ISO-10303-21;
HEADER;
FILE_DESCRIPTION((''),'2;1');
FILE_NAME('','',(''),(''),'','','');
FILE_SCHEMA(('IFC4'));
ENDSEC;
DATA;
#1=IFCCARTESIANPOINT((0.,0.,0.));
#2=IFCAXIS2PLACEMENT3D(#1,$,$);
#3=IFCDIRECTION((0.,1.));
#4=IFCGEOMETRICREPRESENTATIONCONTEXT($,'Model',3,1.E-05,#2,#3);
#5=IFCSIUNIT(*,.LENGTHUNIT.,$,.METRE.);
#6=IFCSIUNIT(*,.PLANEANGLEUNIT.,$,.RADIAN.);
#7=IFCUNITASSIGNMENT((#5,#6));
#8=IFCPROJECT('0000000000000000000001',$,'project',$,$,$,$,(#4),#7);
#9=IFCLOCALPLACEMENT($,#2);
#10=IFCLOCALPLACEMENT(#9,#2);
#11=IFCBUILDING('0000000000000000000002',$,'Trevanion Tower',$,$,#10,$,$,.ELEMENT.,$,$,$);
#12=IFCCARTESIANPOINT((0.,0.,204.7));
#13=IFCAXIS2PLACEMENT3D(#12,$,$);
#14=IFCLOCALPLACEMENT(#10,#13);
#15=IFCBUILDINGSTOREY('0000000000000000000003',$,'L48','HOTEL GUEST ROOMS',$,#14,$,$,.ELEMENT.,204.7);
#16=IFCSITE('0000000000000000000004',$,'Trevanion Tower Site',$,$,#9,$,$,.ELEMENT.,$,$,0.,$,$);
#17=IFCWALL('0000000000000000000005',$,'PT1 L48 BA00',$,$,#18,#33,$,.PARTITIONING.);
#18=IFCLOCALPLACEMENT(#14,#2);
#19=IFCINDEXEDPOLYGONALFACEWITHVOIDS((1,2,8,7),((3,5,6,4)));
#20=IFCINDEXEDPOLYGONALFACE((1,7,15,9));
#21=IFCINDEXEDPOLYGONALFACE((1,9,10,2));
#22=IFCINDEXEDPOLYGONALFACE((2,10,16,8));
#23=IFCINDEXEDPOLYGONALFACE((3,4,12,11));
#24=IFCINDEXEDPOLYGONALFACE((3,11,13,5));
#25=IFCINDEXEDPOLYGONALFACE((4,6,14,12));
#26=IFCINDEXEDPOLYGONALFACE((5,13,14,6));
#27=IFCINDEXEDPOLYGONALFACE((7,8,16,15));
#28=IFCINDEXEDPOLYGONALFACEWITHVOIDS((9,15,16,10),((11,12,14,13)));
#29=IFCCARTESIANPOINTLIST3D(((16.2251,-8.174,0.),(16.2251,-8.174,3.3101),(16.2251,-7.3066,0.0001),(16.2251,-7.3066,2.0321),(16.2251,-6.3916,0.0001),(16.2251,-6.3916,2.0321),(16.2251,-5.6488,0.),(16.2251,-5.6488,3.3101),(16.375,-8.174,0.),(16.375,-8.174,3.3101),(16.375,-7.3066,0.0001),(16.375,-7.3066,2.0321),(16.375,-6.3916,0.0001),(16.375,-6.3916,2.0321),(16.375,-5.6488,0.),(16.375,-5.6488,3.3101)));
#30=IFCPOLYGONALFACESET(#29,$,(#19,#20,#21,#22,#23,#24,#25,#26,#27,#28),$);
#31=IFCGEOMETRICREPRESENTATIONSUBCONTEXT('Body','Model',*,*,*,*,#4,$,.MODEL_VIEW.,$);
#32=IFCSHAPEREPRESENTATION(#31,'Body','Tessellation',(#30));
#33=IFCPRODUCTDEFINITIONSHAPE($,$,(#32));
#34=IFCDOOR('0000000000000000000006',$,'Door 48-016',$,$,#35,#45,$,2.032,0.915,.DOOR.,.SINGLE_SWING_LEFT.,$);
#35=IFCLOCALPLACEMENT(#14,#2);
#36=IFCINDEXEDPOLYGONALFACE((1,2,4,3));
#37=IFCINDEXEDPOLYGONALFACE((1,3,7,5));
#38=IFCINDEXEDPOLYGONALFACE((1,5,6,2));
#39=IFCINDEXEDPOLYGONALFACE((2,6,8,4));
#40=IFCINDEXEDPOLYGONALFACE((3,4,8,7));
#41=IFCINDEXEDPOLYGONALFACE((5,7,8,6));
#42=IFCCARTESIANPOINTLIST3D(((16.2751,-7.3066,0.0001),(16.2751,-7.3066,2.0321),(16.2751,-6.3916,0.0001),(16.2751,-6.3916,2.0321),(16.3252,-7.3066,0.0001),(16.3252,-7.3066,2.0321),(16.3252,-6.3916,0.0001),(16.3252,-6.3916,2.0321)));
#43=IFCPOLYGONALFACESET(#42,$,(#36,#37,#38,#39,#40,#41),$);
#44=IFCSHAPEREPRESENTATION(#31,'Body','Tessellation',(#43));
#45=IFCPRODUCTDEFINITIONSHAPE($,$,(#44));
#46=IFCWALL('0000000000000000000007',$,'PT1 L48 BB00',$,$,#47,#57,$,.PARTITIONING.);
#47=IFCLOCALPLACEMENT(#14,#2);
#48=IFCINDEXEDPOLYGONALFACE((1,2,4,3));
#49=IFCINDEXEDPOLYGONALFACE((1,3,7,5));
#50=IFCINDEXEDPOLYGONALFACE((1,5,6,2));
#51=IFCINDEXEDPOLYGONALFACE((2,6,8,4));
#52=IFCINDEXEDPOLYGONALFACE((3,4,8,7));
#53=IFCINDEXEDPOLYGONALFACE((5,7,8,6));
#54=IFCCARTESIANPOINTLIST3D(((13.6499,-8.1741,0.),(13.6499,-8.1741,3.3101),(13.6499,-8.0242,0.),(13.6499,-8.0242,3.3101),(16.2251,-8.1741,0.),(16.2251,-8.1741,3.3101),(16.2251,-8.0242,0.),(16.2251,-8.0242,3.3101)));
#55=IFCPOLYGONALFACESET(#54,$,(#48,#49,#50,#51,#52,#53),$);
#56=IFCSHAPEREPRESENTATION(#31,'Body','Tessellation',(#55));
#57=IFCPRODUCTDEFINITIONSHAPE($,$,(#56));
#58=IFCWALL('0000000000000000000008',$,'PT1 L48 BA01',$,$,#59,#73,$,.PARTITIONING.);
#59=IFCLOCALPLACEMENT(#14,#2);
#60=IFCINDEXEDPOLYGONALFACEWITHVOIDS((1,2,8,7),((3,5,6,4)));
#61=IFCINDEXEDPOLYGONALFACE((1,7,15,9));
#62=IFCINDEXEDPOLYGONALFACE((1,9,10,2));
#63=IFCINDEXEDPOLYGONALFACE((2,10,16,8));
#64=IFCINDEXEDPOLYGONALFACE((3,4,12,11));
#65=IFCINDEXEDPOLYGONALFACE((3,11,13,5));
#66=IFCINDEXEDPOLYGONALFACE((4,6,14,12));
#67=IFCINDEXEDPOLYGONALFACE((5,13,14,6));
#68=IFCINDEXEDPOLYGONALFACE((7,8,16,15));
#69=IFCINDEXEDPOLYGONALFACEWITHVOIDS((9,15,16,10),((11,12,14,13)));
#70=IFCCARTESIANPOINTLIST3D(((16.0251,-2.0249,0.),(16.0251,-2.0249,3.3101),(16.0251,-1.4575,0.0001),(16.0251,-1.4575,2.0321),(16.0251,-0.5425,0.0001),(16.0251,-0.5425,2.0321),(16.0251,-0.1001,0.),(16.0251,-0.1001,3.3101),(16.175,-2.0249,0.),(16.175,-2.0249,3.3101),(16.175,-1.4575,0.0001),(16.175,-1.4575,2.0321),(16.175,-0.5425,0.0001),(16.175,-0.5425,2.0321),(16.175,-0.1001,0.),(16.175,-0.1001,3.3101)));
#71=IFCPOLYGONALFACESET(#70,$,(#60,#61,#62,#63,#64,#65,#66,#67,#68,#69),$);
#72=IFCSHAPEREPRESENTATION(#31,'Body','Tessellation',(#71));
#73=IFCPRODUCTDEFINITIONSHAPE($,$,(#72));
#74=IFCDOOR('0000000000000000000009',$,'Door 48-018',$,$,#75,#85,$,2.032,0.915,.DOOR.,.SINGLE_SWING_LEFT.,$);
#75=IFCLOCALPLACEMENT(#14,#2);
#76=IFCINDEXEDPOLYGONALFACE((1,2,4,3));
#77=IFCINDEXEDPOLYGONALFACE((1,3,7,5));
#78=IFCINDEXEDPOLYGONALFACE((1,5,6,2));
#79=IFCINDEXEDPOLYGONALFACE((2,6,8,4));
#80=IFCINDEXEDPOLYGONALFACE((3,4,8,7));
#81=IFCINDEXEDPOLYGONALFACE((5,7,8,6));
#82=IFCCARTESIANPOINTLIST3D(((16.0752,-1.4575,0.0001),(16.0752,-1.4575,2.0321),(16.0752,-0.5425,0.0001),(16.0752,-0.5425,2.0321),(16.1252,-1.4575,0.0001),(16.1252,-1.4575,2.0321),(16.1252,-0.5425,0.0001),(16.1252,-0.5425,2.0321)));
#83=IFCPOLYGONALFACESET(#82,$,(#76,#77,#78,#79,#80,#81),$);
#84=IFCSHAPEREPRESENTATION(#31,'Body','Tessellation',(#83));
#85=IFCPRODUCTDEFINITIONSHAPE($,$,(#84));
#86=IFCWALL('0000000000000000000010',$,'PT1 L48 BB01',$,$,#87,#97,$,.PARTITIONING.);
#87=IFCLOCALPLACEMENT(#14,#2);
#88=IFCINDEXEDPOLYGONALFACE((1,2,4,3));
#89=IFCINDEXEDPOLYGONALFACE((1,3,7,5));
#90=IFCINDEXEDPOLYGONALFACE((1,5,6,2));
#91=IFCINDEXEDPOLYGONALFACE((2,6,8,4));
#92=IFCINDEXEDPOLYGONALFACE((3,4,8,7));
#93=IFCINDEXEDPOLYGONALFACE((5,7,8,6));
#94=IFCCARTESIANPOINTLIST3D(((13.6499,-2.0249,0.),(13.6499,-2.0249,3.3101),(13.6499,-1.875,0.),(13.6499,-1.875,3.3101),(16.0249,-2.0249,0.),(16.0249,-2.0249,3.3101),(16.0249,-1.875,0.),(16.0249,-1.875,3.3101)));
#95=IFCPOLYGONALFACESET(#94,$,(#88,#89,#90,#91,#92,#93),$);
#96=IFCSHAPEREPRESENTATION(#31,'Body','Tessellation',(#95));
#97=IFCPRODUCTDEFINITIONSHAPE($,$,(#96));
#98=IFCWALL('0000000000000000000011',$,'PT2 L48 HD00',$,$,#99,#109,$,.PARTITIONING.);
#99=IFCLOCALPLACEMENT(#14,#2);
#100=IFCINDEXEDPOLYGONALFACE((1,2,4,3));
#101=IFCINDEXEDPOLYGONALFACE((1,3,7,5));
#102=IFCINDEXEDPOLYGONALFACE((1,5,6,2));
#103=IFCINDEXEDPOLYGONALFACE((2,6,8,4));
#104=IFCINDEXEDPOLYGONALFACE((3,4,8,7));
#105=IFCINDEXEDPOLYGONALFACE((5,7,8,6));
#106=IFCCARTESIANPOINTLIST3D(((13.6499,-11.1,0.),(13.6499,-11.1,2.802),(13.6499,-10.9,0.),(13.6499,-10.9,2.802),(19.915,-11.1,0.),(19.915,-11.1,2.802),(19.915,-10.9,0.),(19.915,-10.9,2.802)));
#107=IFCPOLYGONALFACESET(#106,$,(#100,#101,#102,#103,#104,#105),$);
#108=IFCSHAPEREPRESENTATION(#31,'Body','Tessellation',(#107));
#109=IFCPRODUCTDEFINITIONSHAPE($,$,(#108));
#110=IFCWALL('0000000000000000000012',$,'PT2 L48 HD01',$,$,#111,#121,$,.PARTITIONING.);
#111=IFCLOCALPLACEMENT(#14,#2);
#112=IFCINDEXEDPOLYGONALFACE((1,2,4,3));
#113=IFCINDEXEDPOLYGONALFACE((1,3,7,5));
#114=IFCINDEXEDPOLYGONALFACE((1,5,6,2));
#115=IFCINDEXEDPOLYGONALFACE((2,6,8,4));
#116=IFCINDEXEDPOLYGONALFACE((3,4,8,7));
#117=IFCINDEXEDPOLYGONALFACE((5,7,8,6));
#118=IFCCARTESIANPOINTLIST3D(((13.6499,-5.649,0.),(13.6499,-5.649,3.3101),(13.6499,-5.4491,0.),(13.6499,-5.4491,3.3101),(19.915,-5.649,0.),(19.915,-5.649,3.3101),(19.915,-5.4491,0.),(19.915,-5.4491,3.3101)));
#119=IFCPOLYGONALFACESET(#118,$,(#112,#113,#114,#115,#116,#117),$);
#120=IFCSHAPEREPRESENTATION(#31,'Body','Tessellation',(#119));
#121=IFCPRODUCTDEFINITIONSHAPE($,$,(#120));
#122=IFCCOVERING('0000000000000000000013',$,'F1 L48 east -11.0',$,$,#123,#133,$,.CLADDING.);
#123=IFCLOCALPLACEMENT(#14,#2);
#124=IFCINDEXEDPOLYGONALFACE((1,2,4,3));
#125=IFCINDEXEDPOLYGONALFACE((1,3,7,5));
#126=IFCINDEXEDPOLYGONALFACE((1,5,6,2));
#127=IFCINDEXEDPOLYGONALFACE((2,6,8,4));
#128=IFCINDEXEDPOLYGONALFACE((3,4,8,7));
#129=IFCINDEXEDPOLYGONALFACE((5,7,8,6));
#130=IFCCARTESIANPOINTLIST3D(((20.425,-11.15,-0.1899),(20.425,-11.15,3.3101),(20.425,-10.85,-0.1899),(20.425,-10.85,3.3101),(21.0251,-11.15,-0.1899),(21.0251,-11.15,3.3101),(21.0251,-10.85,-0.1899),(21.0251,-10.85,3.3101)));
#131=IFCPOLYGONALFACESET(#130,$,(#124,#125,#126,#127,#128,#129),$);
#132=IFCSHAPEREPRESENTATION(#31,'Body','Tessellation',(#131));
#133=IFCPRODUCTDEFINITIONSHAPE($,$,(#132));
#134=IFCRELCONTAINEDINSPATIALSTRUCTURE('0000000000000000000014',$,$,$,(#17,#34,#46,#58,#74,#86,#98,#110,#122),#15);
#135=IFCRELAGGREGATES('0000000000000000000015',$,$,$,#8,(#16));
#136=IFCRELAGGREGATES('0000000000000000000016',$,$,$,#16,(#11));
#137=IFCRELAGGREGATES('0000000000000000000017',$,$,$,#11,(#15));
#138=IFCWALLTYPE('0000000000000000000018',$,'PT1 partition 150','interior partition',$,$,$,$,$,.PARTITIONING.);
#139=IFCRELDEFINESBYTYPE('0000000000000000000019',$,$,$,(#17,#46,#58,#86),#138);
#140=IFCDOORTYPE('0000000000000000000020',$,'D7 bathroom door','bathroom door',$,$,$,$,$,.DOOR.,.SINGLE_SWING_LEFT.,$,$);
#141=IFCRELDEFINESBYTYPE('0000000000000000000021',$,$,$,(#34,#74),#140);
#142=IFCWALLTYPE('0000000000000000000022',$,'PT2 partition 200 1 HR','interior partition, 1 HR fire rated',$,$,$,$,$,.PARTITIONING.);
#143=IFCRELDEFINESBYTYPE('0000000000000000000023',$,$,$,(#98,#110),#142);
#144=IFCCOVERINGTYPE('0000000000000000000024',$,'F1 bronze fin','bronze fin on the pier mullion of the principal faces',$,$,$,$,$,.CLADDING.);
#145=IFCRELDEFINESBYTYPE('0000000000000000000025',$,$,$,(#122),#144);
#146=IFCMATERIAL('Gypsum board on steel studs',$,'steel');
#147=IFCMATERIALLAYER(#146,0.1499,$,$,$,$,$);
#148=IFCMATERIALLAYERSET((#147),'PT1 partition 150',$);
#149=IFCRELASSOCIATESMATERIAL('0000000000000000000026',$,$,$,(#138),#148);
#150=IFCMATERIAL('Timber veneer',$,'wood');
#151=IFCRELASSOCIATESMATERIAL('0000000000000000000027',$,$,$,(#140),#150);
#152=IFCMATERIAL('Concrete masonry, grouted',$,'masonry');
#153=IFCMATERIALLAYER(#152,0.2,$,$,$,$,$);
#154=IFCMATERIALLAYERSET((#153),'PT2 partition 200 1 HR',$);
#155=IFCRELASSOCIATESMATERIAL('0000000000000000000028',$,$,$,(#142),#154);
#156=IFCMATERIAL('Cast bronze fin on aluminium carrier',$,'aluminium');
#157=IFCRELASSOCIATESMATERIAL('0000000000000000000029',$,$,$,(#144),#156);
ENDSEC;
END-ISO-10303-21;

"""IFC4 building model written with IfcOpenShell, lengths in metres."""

from ifc_helpers import new_model, si_unit, direction, frame, frame_2d, origin, origin_2d, place, context, subcontext, project, spatial, rectangle, extrude, material, layer, layer_set, type_object, element, fill, save


model = new_model("IFC4")

# Units and contexts
model_context = context("Model", 3, precision=1e-05, world=origin(), true_north=direction((0.0, 1.0)))
body_context = subcontext(model_context, "Body", "Model", "MODEL_VIEW")
ifc_project = project(units=[si_unit("LENGTHUNIT", "METRE"), si_unit("PLANEANGLEUNIT", "RADIAN")], contexts=[model_context])

# Site, building, storey
site_placement = place(None, origin())
site = spatial("IfcSite", under=ifc_project, at=site_placement, Name="Trevanion Tower Site", CompositionType="ELEMENT", RefElevation=0.0)
building_placement = place(site_placement, origin())
building = spatial("IfcBuilding", under=site, at=building_placement, Name="Trevanion Tower", CompositionType="ELEMENT")
storey_placement = place(building_placement, frame((0.0, 0.0, 204.7)))
storey = spatial("IfcBuildingStorey", under=building, at=storey_placement, Name="L48", Description="HOTEL GUEST ROOMS", CompositionType="ELEMENT", Elevation=204.7)

# Wall, opening, door
ifc_material_1 = material(Name="Gypsum board on steel studs", Category="steel")
ifc_layer_1 = layer(ifc_material_1, 0.1499)
ifc_layer_set_1 = layer_set([ifc_layer_1], Name="PT1 partition 150")
wall_type_1 = type_object("IfcWallType", Name="PT1 partition 150", Description="interior partition", PredefinedType="PARTITIONING", material=ifc_layer_set_1)
wall_1_placement = place(storey_placement, frame((16.3, -8.1741, 0.0), z_axis=(0.0, 0.0, 1.0), x_axis=(0.0, 1.0, 0.0)))
wall_1 = element("IfcWall", 1, at=wall_1_placement, inside=storey, type_object=wall_type_1, Name="PT1 L48 BA00", PredefinedType="PARTITIONING", context=body_context, shape_type="SweptSolid", body=[
    extrude(rectangle(XDim=2.5251, YDim=0.1499, at=frame_2d((1.2627, 0.0))), origin(), (0.0, 0.0, 1.0), 3.3101),
])
opening_1_placement = place(wall_1_placement, frame((0.8674, 0.0, 0.0)))
opening_1 = element("IfcOpeningElement", 2, at=opening_1_placement, cuts=wall_1, PredefinedType="OPENING", context=body_context, shape_type="SweptSolid", body=[
    extrude(rectangle(XDim=0.915, YDim=2.032, at=frame_2d((0.4575, 1.0161))), frame((0.0, 0.085, 0.0), z_axis=(0.0, -1.0, 0.0), x_axis=(1.0, 0.0, 0.0)), (0.0, 0.0, 1.0), 0.1699),
])
ifc_material_2 = material(Name="Timber veneer", Category="wood")
door_type = type_object("IfcDoorType", Name="D7 bathroom door", Description="bathroom door", OperationType="SINGLE_SWING_LEFT", PredefinedType="DOOR", material=ifc_material_2)
door_1_placement = place(opening_1_placement, origin())
door_1 = element("IfcDoor", 3, at=door_1_placement, inside=storey, type_object=door_type, Name="Door 48-016", OperationType="SINGLE_SWING_LEFT", OverallHeight=2.032, OverallWidth=0.915, PredefinedType="DOOR", context=body_context, shape_type="SweptSolid", body=[
    extrude(rectangle(XDim=0.915, YDim=2.032, at=frame_2d((0.4575, 1.0161))), frame((0.0, 0.0249, 0.0), z_axis=(0.0, -1.0, 0.0), x_axis=(1.0, 0.0, 0.0)), (0.0, 0.0, 1.0), 0.05),
])
fill(opening_1, door_1)

# Wall
wall_2_placement = place(storey_placement, frame((13.6499, -8.0991, 0.0), z_axis=(0.0, 0.0, 1.0), x_axis=(1.0, 0.0, 0.0)))
element("IfcWall", 4, at=wall_2_placement, inside=storey, type_object=wall_type_1, Name="PT1 L48 BB00", PredefinedType="PARTITIONING", context=body_context, shape_type="SweptSolid", body=[
    extrude(rectangle(XDim=2.5752, YDim=0.1499, at=frame_2d((1.2876, 0.0))), origin(), (0.0, 0.0, 1.0), 3.3101),
])

# Wall, opening, door
wall_3_placement = place(storey_placement, frame((16.1001, -2.0249, 0.0), z_axis=(0.0, 0.0, 1.0), x_axis=(0.0, 1.0, 0.0)))
wall_3 = element("IfcWall", 5, at=wall_3_placement, inside=storey, type_object=wall_type_1, Name="PT1 L48 BA01", PredefinedType="PARTITIONING", context=body_context, shape_type="SweptSolid", body=[
    extrude(rectangle(XDim=1.9248, YDim=0.1499, at=frame_2d((0.9624, 0.0))), origin(), (0.0, 0.0, 1.0), 3.3101),
])
opening_2_placement = place(wall_3_placement, frame((0.5674, 0.0, 0.0)))
opening_2 = element("IfcOpeningElement", 6, at=opening_2_placement, cuts=wall_3, PredefinedType="OPENING", context=body_context, shape_type="SweptSolid", body=[
    extrude(rectangle(XDim=0.915, YDim=2.032, at=frame_2d((0.4575, 1.0161))), frame((0.0, 0.085, 0.0), z_axis=(0.0, -1.0, 0.0), x_axis=(1.0, 0.0, 0.0)), (0.0, 0.0, 1.0), 0.1699),
])
door_2_placement = place(opening_2_placement, origin())
door_2 = element("IfcDoor", 7, at=door_2_placement, inside=storey, type_object=door_type, Name="Door 48-018", OperationType="SINGLE_SWING_LEFT", OverallHeight=2.032, OverallWidth=0.915, PredefinedType="DOOR", context=body_context, shape_type="SweptSolid", body=[
    extrude(rectangle(XDim=0.915, YDim=2.032, at=frame_2d((0.4575, 1.0161))), frame((0.0, 0.0249, 0.0), z_axis=(0.0, -1.0, 0.0), x_axis=(1.0, 0.0, 0.0)), (0.0, 0.0, 1.0), 0.05),
])
fill(opening_2, door_2)

# Walls
wall_4_placement = place(storey_placement, frame((13.6499, -1.95, 0.0), z_axis=(0.0, 0.0, 1.0), x_axis=(1.0, 0.0, 0.0)))
element("IfcWall", 8, at=wall_4_placement, inside=storey, type_object=wall_type_1, Name="PT1 L48 BB01", PredefinedType="PARTITIONING", context=body_context, shape_type="SweptSolid", body=[
    extrude(rectangle(XDim=2.375, YDim=0.1499, at=frame_2d((1.1875, 0.0))), origin(), (0.0, 0.0, 1.0), 3.3101),
])
ifc_material_3 = material(Name="Concrete masonry, grouted", Category="masonry")
ifc_layer_2 = layer(ifc_material_3, 0.2)
ifc_layer_set_2 = layer_set([ifc_layer_2], Name="PT2 partition 200 1 HR")
wall_type_2 = type_object("IfcWallType", Name="PT2 partition 200 1 HR", Description="interior partition, 1 HR fire rated", PredefinedType="PARTITIONING", material=ifc_layer_set_2)
wall_5_placement = place(storey_placement, frame((13.6499, -11.0, 0.0), z_axis=(0.0, 0.0, 1.0), x_axis=(1.0, 0.0, 0.0)))
element("IfcWall", 9, at=wall_5_placement, inside=storey, type_object=wall_type_2, Name="PT2 L48 HD00", PredefinedType="PARTITIONING", context=body_context, shape_type="SweptSolid", body=[
    extrude(rectangle(XDim=6.2651, YDim=0.2, at=frame_2d((3.1326, 0.0))), origin(), (0.0, 0.0, 1.0), 2.802),
])
wall_6_placement = place(storey_placement, frame((13.6499, -5.5491, 0.0), z_axis=(0.0, 0.0, 1.0), x_axis=(1.0, 0.0, 0.0)))
element("IfcWall", 10, at=wall_6_placement, inside=storey, type_object=wall_type_2, Name="PT2 L48 HD01", PredefinedType="PARTITIONING", context=body_context, shape_type="SweptSolid", body=[
    extrude(rectangle(XDim=6.2651, YDim=0.2, at=frame_2d((3.1326, 0.0))), origin(), (0.0, 0.0, 1.0), 3.3101),
])

# Covering
ifc_material_4 = material(Name="Cast bronze fin on aluminium carrier", Category="aluminium")
covering_type = type_object("IfcCoveringType", Name="F1 bronze fin", Description="bronze fin on the pier mullion of the principal faces", PredefinedType="CLADDING", material=ifc_material_4)
covering_placement = place(storey_placement, frame((20.7251, -11.0, -0.1899), z_axis=(0.0, 0.0, 1.0), x_axis=(0.0, 1.0, 0.0)))
element("IfcCovering", 11, at=covering_placement, inside=storey, type_object=covering_type, Name="F1 L48 east -11.0", PredefinedType="CLADDING", context=body_context, shape_type="SweptSolid", body=[
    extrude(rectangle(XDim=0.3, YDim=0.6001, at=origin_2d()), origin(), (0.0, 0.0, 1.0), 3.5),
])

save(model, "model.ifc")
